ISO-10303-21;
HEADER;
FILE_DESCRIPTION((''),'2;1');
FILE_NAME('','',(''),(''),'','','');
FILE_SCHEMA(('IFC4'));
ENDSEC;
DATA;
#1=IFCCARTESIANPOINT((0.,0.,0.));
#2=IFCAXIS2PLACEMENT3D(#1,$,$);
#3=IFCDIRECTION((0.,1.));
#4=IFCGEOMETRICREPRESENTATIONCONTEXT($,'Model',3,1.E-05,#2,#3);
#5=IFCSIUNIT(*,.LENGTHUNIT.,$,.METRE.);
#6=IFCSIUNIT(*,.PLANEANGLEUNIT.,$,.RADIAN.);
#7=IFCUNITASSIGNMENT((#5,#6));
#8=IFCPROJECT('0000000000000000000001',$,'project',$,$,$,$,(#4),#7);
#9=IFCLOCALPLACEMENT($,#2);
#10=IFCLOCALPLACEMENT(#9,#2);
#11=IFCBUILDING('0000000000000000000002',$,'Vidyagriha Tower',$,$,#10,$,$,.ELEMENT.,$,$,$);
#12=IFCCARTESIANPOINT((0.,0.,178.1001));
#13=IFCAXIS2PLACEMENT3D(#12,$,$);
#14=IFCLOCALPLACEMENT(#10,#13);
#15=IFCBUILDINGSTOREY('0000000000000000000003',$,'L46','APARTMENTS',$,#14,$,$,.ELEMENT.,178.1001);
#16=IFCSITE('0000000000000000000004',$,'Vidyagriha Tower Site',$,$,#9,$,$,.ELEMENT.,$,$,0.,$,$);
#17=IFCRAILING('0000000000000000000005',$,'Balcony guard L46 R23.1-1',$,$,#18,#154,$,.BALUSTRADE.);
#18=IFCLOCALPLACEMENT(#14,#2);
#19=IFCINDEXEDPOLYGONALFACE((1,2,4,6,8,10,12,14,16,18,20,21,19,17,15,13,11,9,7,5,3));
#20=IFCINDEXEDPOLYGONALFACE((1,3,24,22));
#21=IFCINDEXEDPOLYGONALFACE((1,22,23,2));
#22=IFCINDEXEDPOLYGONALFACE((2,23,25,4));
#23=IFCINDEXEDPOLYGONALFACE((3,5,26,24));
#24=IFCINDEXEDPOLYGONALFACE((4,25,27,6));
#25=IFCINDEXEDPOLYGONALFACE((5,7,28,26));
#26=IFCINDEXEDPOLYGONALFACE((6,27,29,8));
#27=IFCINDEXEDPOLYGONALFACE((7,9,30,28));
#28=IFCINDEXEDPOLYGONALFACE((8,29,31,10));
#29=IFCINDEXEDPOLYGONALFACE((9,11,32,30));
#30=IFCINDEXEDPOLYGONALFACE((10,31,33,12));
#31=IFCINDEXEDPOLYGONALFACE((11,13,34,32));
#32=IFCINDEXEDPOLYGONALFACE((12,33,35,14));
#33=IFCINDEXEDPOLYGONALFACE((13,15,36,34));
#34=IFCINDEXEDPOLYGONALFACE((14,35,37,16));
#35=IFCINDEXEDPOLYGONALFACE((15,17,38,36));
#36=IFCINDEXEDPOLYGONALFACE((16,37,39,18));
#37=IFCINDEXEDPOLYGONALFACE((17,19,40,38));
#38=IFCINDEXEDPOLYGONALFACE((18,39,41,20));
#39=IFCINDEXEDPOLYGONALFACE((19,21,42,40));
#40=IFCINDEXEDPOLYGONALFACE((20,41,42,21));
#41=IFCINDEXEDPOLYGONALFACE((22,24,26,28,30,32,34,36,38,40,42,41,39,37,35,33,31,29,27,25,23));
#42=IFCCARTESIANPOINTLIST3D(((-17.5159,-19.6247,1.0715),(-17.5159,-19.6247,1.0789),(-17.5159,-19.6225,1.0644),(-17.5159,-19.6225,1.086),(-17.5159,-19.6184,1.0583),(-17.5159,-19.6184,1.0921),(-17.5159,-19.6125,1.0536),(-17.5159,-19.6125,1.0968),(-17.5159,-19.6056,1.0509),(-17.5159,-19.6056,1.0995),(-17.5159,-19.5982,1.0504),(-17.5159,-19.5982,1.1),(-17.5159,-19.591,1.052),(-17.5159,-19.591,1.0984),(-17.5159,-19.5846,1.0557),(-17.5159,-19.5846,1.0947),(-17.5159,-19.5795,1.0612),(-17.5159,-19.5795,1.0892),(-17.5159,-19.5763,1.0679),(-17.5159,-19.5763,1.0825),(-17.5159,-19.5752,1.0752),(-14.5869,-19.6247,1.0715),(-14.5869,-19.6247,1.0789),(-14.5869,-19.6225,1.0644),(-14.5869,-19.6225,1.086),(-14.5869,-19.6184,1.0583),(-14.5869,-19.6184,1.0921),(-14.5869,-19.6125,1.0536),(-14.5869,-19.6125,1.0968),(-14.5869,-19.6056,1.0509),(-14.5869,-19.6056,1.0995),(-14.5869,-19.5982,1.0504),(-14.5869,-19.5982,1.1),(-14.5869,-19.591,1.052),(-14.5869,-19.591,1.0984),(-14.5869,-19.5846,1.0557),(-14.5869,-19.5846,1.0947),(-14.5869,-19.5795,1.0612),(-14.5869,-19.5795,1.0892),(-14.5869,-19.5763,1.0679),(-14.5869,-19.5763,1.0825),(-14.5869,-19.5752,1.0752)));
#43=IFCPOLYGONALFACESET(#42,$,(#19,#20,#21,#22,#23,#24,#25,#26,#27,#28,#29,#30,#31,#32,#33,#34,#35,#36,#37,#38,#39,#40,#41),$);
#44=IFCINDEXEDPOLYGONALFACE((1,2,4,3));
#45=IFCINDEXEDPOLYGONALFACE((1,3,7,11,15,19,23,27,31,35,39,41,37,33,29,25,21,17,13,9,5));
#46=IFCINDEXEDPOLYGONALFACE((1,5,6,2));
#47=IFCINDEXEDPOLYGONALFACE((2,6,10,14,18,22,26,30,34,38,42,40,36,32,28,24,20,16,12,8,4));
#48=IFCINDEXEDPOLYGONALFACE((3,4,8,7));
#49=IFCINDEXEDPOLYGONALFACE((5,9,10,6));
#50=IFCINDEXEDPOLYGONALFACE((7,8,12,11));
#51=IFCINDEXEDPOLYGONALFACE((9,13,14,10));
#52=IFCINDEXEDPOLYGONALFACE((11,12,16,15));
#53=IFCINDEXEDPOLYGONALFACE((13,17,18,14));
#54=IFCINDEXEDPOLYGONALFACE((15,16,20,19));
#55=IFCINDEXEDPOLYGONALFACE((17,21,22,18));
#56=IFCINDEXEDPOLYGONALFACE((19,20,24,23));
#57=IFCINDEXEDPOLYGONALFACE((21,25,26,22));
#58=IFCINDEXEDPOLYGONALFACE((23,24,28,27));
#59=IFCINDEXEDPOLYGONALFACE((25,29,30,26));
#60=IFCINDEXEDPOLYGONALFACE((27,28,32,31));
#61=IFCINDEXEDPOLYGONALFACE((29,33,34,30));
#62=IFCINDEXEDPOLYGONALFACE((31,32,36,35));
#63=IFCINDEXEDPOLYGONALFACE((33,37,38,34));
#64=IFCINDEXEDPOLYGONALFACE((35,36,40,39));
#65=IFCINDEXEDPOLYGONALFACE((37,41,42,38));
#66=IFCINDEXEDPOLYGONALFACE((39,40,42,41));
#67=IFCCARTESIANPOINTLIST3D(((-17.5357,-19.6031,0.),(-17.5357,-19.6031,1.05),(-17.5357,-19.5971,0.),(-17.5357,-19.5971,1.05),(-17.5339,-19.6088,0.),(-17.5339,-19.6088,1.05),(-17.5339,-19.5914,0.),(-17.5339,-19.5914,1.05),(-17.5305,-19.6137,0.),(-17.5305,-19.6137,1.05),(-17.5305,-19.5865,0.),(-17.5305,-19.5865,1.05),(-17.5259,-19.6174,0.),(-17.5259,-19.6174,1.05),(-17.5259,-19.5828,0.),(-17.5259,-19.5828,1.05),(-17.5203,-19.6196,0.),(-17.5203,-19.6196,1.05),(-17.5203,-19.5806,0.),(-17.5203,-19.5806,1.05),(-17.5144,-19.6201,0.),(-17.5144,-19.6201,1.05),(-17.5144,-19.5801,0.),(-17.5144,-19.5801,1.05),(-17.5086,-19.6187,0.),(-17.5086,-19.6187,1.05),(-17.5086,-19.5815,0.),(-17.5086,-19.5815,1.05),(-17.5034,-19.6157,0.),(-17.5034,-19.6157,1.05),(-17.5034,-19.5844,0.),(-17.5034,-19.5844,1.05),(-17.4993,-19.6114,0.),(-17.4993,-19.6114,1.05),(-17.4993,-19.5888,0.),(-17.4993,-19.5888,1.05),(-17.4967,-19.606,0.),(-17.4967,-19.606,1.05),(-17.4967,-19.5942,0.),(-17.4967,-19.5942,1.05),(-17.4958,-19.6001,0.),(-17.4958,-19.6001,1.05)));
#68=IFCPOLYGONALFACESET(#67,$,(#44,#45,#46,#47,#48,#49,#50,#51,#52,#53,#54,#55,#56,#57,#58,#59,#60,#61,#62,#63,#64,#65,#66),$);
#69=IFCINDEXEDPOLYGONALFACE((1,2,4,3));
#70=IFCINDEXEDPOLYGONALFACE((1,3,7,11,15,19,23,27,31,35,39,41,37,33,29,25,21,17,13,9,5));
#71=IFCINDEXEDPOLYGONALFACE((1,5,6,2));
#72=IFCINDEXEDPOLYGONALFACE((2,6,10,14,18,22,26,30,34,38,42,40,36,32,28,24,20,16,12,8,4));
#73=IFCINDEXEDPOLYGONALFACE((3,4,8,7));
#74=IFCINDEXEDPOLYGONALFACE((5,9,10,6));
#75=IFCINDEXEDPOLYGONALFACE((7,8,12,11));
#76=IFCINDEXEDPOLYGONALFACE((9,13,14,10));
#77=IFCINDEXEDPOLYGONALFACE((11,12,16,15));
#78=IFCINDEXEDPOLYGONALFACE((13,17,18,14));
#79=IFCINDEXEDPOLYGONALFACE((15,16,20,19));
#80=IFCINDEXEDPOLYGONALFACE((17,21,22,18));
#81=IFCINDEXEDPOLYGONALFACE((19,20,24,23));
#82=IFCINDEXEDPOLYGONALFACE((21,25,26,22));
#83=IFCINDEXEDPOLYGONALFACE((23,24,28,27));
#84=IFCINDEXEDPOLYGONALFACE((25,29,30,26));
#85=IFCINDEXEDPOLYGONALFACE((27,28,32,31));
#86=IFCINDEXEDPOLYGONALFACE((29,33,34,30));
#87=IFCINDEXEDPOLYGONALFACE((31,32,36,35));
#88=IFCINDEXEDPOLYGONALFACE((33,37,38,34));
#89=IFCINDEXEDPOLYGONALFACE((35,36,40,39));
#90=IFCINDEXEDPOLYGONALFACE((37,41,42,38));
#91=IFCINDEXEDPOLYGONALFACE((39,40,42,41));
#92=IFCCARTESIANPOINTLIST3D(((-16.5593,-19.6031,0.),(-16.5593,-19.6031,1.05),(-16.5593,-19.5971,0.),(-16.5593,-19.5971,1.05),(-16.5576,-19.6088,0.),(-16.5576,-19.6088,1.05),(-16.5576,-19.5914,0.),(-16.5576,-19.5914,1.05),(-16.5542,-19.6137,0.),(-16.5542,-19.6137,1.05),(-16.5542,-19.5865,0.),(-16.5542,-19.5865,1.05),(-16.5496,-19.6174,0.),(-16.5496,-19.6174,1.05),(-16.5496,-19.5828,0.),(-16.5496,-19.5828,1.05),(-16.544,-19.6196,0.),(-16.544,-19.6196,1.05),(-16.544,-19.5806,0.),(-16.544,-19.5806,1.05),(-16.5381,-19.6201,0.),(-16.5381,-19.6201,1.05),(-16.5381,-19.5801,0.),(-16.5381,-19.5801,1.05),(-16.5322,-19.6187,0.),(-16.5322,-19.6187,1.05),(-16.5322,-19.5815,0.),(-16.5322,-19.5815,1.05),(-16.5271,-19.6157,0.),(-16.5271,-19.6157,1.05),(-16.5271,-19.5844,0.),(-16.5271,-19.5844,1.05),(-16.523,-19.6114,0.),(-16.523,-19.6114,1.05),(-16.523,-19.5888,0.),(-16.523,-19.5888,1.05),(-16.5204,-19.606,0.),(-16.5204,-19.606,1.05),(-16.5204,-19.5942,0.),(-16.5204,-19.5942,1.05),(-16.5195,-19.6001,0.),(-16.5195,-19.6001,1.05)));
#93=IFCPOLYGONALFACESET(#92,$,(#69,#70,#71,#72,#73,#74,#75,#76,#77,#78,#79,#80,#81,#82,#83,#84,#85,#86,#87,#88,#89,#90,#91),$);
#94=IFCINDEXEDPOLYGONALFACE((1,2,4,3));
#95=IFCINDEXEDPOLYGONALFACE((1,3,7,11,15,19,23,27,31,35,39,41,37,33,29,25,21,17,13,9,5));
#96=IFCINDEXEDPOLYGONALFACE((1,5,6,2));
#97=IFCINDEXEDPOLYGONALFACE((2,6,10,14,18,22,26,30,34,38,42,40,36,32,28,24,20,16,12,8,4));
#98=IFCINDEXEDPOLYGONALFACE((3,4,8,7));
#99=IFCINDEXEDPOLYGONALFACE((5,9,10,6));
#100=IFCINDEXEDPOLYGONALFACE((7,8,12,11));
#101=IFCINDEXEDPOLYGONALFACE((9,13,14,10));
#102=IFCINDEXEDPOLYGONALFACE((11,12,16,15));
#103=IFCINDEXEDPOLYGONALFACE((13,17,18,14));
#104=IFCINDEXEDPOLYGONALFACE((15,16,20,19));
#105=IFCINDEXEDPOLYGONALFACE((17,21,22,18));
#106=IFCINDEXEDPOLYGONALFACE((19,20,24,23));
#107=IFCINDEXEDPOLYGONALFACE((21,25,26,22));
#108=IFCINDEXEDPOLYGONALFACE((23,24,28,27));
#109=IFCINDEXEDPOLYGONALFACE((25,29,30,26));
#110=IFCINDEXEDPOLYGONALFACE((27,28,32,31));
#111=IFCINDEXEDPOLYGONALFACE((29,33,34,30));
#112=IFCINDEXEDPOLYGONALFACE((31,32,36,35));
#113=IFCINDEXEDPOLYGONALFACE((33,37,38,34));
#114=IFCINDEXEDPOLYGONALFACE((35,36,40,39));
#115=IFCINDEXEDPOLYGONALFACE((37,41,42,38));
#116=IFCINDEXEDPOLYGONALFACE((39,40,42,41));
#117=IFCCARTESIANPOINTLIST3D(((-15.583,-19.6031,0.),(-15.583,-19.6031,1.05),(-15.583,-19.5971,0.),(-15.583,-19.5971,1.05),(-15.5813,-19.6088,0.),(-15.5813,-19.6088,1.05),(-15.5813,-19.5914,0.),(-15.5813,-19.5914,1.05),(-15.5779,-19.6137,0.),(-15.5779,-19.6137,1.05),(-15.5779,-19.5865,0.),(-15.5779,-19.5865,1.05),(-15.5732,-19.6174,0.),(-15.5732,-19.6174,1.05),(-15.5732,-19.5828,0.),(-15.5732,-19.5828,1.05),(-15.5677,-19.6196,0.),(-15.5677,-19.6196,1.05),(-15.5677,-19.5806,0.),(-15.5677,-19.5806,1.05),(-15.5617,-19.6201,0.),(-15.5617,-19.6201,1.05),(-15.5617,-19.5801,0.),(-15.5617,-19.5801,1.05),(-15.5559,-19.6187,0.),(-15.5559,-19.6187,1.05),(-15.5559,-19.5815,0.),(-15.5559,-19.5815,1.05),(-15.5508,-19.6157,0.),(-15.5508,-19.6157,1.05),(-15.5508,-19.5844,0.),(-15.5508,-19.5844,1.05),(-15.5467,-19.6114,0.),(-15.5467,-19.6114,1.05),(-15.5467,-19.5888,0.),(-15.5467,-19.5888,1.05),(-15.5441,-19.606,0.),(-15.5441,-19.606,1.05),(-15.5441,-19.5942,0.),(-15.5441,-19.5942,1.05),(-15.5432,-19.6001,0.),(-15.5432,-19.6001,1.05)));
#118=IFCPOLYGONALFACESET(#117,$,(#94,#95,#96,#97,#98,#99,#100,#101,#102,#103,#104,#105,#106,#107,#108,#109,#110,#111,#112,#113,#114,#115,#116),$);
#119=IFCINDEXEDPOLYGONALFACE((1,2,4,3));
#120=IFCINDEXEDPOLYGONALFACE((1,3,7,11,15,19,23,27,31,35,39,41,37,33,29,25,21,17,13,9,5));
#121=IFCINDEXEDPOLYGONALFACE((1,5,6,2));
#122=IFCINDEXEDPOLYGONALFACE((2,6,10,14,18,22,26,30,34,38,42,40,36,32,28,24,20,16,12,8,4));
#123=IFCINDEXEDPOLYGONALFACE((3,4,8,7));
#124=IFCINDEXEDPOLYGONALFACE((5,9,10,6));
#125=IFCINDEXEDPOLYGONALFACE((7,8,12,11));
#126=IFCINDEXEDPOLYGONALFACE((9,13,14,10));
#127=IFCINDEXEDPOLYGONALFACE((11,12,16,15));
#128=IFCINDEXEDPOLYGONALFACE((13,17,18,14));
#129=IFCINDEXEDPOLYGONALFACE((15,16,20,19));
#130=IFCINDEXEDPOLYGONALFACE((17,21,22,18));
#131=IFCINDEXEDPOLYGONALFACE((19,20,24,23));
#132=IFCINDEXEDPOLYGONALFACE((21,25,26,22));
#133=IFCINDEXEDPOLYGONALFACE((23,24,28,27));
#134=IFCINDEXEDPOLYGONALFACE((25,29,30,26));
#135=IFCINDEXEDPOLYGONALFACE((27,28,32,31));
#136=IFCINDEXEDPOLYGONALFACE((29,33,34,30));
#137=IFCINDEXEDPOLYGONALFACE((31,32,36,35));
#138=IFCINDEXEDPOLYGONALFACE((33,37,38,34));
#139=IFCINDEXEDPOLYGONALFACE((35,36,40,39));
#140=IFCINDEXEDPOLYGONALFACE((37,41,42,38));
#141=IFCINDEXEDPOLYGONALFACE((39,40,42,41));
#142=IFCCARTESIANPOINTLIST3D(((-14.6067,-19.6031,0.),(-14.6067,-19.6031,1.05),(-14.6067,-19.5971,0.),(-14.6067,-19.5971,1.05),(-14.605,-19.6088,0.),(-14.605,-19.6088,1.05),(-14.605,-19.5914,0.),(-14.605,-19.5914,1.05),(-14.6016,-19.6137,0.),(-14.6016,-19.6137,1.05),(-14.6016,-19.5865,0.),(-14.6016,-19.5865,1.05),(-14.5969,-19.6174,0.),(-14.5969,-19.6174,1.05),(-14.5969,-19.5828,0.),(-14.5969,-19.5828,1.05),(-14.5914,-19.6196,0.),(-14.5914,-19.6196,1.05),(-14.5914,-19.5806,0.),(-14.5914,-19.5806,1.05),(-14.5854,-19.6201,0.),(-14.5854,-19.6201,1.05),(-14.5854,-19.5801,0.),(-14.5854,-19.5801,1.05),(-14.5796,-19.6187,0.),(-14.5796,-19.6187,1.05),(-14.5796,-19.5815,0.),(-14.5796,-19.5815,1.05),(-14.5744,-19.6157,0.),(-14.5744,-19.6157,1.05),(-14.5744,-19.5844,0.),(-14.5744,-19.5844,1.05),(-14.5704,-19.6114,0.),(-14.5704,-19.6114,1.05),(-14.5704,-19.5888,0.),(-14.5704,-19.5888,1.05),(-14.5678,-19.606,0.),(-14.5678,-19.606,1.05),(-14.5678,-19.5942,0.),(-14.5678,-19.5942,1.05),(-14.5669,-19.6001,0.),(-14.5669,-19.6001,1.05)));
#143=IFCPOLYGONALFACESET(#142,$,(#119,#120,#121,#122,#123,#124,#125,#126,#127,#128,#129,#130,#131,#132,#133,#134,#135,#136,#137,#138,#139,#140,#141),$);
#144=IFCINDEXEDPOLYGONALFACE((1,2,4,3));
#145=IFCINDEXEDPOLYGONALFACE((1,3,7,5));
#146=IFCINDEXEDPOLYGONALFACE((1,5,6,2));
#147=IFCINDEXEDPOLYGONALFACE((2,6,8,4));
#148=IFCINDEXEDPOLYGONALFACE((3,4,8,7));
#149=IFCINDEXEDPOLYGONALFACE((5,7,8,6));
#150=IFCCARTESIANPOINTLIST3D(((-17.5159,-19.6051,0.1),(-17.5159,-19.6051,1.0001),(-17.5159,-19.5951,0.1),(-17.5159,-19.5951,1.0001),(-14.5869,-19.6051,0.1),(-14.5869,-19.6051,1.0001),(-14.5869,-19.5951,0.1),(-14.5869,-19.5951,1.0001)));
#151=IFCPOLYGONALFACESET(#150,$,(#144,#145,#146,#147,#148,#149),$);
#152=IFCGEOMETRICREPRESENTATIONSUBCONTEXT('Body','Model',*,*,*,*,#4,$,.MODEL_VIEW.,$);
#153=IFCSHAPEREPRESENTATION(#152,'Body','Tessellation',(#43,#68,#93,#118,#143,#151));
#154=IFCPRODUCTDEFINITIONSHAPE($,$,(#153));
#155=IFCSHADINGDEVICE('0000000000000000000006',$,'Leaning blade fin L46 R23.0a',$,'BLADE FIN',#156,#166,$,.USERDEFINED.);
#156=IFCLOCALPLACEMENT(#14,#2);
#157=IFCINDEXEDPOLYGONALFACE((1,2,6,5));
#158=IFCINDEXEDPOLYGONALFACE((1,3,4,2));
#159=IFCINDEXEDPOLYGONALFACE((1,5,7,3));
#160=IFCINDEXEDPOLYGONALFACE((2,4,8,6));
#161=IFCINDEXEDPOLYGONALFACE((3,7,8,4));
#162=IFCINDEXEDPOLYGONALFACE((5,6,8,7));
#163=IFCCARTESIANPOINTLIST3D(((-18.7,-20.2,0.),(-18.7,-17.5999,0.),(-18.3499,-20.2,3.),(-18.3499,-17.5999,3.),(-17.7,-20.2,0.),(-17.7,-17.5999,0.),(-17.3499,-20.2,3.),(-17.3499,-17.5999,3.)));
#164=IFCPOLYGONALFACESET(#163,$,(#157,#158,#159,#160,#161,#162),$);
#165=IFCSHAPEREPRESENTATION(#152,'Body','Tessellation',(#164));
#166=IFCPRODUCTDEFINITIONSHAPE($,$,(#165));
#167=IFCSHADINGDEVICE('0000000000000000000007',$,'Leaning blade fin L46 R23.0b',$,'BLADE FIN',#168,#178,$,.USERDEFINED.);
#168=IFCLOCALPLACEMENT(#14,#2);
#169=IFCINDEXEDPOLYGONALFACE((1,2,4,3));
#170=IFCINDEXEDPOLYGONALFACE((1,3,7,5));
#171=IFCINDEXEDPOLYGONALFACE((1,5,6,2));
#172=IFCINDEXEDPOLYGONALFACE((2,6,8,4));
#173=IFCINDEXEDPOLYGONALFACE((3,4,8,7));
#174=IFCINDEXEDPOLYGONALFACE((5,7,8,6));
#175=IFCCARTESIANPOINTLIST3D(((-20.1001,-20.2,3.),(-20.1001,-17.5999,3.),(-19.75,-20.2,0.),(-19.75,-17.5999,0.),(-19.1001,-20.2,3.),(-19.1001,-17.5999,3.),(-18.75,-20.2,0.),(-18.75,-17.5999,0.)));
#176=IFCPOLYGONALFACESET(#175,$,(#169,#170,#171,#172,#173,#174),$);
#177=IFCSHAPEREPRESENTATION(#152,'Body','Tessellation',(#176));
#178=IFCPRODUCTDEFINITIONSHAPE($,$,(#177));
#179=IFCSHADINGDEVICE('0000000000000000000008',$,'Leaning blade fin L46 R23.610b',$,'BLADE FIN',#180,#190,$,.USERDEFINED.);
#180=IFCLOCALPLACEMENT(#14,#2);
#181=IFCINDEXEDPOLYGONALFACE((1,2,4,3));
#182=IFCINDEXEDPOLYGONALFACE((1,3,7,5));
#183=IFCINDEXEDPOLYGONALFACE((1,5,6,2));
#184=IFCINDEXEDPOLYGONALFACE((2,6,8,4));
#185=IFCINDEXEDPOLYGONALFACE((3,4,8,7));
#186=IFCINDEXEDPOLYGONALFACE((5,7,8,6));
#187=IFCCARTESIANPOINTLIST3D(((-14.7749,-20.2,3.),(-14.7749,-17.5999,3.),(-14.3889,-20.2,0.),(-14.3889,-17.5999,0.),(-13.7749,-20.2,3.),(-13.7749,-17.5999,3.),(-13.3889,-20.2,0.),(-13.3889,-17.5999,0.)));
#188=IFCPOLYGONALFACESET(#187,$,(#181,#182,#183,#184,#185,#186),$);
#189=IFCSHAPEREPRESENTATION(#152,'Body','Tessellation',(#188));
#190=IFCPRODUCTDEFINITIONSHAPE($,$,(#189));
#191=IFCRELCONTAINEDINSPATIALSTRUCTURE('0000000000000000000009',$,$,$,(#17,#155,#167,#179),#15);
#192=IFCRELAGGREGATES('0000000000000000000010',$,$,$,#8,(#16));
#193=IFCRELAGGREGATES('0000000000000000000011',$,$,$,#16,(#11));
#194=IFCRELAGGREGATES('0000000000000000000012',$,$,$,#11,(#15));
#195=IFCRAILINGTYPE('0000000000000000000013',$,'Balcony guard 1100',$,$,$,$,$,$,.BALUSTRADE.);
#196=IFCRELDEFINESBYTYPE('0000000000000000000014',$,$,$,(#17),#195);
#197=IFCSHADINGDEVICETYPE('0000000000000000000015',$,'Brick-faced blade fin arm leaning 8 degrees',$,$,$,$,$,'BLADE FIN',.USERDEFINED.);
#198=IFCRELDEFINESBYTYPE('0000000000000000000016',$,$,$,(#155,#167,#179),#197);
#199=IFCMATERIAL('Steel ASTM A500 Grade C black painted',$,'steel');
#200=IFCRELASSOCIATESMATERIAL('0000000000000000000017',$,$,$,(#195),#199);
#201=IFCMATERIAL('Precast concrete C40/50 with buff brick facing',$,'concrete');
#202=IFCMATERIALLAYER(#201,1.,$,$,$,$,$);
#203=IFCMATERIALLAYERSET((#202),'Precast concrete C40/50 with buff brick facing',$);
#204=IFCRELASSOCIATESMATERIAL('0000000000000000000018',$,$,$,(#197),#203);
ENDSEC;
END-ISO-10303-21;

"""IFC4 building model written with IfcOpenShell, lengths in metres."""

from ifc_helpers import new_model, si_unit, direction, frame, origin, origin_2d, place, context, subcontext, project, spatial, polyline, rectangle, circle, outline, extrude, material, layer, layer_set, type_object, element, save


model = new_model("IFC4")

# Units and contexts
model_context = context("Model", 3, precision=1e-05, world=origin(), true_north=direction((0.0, 1.0)))
body_context = subcontext(model_context, "Body", "Model", "MODEL_VIEW")
ifc_project = project(units=[si_unit("LENGTHUNIT", "METRE"), si_unit("PLANEANGLEUNIT", "RADIAN")], contexts=[model_context])

# Site, building, storey
site_placement = place(None, origin())
site = spatial("IfcSite", under=ifc_project, at=site_placement, Name="Vidyagriha Tower Site", CompositionType="ELEMENT", RefElevation=0.0)
building_placement = place(site_placement, origin())
building = spatial("IfcBuilding", under=site, at=building_placement, Name="Vidyagriha Tower", CompositionType="ELEMENT")
storey_placement = place(building_placement, frame((0.0, 0.0, 178.1001)))
storey = spatial("IfcBuildingStorey", under=building, at=storey_placement, Name="L46", Description="APARTMENTS", CompositionType="ELEMENT", Elevation=178.1001)

# Railing
ifc_material_1 = material(Name="Steel ASTM A500 Grade C black painted", Category="steel")
railing_type_1 = type_object("IfcRailingType", Name="Balcony guard 1100", PredefinedType="BALUSTRADE", material=ifc_material_1)
railing_1_placement = place(storey_placement, frame((-17.5159, -19.6001, 0.0)))
element("IfcRailing", 1, at=railing_1_placement, inside=storey, type_object=railing_type_1, Name="Balcony guard L46 R23.1-1", PredefinedType="BALUSTRADE", context=body_context, shape_type="SweptSolid", body=[
    extrude(circle(Radius=0.0249, at=origin_2d()), frame((0.0, 0.0, 1.0752), z_axis=(1.0, 0.0, 0.0), x_axis=(0.0, 1.0, 0.0)), (0.0, 0.0, 1.0), 2.929),
    extrude(circle(Radius=0.02, at=origin_2d()), origin(), (0.0, 0.0, 1.0), 1.05),
    extrude(circle(Radius=0.02, at=origin_2d()), frame((0.9763, 0.0, 0.0)), (0.0, 0.0, 1.0), 1.05),
    extrude(circle(Radius=0.02, at=origin_2d()), frame((1.9526, 0.0, 0.0)), (0.0, 0.0, 1.0), 1.05),
    extrude(circle(Radius=0.02, at=origin_2d()), frame((2.929, 0.0, 0.0)), (0.0, 0.0, 1.0), 1.05),
    extrude(rectangle(XDim=0.01, YDim=0.9001, at=origin_2d()), frame((0.0, 0.0, 0.55), z_axis=(1.0, 0.0, 0.0), x_axis=(0.0, 1.0, 0.0)), (0.0, 0.0, 1.0), 2.929),
])

# Shading devices
ifc_material_2 = material(Name="Precast concrete C40/50 with buff brick facing", Category="concrete")
ifc_layer_1 = layer(ifc_material_2, 1.0)
ifc_layer_set_1 = layer_set([ifc_layer_1], Name="Precast concrete C40/50 with buff brick facing")
shading_device_type = type_object("IfcShadingDeviceType", Name="Brick-faced blade fin arm leaning 8 degrees", ElementType="BLADE FIN", PredefinedType="USERDEFINED", material=ifc_layer_set_1)
shading_device_1_placement = place(storey_placement, frame((-18.7, -18.8999, 0.0)))
element("IfcShadingDevice", 2, at=shading_device_1_placement, inside=storey, type_object=shading_device_type, Name="Leaning blade fin L46 R23.0a", ObjectType="BLADE FIN", PredefinedType="USERDEFINED", context=body_context, shape_type="SweptSolid", body=[
    extrude(outline(polyline([(0.0, 0.0), (1.0, 0.0), (1.3501, 3.0), (0.3501, 3.0), (0.0, 0.0)])), frame((0.0, 1.3, 0.0), z_axis=(0.0, -1.0, 0.0), x_axis=(1.0, 0.0, 0.0)), (0.0, 0.0, 1.0), 2.6001),
])
shading_device_2_placement = place(storey_placement, frame((-20.1001, -18.8999, 0.0)))
element("IfcShadingDevice", 3, at=shading_device_2_placement, inside=storey, type_object=shading_device_type, Name="Leaning blade fin L46 R23.0b", ObjectType="BLADE FIN", PredefinedType="USERDEFINED", context=body_context, shape_type="SweptSolid", body=[
    extrude(outline(polyline([(0.3501, 0.0), (1.3501, 0.0), (1.0, 3.0), (0.0, 3.0), (0.3501, 0.0)])), frame((0.0, 1.3, 0.0), z_axis=(0.0, -1.0, 0.0), x_axis=(1.0, 0.0, 0.0)), (0.0, 0.0, 1.0), 2.6001),
])
shading_device_3_placement = place(storey_placement, frame((-14.7749, -18.8999, 0.0)))
element("IfcShadingDevice", 4, at=shading_device_3_placement, inside=storey, type_object=shading_device_type, Name="Leaning blade fin L46 R23.610b", ObjectType="BLADE FIN", PredefinedType="USERDEFINED", context=body_context, shape_type="SweptSolid", body=[
    extrude(outline(polyline([(0.386, 0.0), (1.386, 0.0), (1.0, 3.0), (0.0, 3.0), (0.386, 0.0)])), frame((0.0, 1.3, 0.0), z_axis=(0.0, -1.0, 0.0), x_axis=(1.0, 0.0, 0.0)), (0.0, 0.0, 1.0), 2.6001),
])

save(model, "model.ifc")
